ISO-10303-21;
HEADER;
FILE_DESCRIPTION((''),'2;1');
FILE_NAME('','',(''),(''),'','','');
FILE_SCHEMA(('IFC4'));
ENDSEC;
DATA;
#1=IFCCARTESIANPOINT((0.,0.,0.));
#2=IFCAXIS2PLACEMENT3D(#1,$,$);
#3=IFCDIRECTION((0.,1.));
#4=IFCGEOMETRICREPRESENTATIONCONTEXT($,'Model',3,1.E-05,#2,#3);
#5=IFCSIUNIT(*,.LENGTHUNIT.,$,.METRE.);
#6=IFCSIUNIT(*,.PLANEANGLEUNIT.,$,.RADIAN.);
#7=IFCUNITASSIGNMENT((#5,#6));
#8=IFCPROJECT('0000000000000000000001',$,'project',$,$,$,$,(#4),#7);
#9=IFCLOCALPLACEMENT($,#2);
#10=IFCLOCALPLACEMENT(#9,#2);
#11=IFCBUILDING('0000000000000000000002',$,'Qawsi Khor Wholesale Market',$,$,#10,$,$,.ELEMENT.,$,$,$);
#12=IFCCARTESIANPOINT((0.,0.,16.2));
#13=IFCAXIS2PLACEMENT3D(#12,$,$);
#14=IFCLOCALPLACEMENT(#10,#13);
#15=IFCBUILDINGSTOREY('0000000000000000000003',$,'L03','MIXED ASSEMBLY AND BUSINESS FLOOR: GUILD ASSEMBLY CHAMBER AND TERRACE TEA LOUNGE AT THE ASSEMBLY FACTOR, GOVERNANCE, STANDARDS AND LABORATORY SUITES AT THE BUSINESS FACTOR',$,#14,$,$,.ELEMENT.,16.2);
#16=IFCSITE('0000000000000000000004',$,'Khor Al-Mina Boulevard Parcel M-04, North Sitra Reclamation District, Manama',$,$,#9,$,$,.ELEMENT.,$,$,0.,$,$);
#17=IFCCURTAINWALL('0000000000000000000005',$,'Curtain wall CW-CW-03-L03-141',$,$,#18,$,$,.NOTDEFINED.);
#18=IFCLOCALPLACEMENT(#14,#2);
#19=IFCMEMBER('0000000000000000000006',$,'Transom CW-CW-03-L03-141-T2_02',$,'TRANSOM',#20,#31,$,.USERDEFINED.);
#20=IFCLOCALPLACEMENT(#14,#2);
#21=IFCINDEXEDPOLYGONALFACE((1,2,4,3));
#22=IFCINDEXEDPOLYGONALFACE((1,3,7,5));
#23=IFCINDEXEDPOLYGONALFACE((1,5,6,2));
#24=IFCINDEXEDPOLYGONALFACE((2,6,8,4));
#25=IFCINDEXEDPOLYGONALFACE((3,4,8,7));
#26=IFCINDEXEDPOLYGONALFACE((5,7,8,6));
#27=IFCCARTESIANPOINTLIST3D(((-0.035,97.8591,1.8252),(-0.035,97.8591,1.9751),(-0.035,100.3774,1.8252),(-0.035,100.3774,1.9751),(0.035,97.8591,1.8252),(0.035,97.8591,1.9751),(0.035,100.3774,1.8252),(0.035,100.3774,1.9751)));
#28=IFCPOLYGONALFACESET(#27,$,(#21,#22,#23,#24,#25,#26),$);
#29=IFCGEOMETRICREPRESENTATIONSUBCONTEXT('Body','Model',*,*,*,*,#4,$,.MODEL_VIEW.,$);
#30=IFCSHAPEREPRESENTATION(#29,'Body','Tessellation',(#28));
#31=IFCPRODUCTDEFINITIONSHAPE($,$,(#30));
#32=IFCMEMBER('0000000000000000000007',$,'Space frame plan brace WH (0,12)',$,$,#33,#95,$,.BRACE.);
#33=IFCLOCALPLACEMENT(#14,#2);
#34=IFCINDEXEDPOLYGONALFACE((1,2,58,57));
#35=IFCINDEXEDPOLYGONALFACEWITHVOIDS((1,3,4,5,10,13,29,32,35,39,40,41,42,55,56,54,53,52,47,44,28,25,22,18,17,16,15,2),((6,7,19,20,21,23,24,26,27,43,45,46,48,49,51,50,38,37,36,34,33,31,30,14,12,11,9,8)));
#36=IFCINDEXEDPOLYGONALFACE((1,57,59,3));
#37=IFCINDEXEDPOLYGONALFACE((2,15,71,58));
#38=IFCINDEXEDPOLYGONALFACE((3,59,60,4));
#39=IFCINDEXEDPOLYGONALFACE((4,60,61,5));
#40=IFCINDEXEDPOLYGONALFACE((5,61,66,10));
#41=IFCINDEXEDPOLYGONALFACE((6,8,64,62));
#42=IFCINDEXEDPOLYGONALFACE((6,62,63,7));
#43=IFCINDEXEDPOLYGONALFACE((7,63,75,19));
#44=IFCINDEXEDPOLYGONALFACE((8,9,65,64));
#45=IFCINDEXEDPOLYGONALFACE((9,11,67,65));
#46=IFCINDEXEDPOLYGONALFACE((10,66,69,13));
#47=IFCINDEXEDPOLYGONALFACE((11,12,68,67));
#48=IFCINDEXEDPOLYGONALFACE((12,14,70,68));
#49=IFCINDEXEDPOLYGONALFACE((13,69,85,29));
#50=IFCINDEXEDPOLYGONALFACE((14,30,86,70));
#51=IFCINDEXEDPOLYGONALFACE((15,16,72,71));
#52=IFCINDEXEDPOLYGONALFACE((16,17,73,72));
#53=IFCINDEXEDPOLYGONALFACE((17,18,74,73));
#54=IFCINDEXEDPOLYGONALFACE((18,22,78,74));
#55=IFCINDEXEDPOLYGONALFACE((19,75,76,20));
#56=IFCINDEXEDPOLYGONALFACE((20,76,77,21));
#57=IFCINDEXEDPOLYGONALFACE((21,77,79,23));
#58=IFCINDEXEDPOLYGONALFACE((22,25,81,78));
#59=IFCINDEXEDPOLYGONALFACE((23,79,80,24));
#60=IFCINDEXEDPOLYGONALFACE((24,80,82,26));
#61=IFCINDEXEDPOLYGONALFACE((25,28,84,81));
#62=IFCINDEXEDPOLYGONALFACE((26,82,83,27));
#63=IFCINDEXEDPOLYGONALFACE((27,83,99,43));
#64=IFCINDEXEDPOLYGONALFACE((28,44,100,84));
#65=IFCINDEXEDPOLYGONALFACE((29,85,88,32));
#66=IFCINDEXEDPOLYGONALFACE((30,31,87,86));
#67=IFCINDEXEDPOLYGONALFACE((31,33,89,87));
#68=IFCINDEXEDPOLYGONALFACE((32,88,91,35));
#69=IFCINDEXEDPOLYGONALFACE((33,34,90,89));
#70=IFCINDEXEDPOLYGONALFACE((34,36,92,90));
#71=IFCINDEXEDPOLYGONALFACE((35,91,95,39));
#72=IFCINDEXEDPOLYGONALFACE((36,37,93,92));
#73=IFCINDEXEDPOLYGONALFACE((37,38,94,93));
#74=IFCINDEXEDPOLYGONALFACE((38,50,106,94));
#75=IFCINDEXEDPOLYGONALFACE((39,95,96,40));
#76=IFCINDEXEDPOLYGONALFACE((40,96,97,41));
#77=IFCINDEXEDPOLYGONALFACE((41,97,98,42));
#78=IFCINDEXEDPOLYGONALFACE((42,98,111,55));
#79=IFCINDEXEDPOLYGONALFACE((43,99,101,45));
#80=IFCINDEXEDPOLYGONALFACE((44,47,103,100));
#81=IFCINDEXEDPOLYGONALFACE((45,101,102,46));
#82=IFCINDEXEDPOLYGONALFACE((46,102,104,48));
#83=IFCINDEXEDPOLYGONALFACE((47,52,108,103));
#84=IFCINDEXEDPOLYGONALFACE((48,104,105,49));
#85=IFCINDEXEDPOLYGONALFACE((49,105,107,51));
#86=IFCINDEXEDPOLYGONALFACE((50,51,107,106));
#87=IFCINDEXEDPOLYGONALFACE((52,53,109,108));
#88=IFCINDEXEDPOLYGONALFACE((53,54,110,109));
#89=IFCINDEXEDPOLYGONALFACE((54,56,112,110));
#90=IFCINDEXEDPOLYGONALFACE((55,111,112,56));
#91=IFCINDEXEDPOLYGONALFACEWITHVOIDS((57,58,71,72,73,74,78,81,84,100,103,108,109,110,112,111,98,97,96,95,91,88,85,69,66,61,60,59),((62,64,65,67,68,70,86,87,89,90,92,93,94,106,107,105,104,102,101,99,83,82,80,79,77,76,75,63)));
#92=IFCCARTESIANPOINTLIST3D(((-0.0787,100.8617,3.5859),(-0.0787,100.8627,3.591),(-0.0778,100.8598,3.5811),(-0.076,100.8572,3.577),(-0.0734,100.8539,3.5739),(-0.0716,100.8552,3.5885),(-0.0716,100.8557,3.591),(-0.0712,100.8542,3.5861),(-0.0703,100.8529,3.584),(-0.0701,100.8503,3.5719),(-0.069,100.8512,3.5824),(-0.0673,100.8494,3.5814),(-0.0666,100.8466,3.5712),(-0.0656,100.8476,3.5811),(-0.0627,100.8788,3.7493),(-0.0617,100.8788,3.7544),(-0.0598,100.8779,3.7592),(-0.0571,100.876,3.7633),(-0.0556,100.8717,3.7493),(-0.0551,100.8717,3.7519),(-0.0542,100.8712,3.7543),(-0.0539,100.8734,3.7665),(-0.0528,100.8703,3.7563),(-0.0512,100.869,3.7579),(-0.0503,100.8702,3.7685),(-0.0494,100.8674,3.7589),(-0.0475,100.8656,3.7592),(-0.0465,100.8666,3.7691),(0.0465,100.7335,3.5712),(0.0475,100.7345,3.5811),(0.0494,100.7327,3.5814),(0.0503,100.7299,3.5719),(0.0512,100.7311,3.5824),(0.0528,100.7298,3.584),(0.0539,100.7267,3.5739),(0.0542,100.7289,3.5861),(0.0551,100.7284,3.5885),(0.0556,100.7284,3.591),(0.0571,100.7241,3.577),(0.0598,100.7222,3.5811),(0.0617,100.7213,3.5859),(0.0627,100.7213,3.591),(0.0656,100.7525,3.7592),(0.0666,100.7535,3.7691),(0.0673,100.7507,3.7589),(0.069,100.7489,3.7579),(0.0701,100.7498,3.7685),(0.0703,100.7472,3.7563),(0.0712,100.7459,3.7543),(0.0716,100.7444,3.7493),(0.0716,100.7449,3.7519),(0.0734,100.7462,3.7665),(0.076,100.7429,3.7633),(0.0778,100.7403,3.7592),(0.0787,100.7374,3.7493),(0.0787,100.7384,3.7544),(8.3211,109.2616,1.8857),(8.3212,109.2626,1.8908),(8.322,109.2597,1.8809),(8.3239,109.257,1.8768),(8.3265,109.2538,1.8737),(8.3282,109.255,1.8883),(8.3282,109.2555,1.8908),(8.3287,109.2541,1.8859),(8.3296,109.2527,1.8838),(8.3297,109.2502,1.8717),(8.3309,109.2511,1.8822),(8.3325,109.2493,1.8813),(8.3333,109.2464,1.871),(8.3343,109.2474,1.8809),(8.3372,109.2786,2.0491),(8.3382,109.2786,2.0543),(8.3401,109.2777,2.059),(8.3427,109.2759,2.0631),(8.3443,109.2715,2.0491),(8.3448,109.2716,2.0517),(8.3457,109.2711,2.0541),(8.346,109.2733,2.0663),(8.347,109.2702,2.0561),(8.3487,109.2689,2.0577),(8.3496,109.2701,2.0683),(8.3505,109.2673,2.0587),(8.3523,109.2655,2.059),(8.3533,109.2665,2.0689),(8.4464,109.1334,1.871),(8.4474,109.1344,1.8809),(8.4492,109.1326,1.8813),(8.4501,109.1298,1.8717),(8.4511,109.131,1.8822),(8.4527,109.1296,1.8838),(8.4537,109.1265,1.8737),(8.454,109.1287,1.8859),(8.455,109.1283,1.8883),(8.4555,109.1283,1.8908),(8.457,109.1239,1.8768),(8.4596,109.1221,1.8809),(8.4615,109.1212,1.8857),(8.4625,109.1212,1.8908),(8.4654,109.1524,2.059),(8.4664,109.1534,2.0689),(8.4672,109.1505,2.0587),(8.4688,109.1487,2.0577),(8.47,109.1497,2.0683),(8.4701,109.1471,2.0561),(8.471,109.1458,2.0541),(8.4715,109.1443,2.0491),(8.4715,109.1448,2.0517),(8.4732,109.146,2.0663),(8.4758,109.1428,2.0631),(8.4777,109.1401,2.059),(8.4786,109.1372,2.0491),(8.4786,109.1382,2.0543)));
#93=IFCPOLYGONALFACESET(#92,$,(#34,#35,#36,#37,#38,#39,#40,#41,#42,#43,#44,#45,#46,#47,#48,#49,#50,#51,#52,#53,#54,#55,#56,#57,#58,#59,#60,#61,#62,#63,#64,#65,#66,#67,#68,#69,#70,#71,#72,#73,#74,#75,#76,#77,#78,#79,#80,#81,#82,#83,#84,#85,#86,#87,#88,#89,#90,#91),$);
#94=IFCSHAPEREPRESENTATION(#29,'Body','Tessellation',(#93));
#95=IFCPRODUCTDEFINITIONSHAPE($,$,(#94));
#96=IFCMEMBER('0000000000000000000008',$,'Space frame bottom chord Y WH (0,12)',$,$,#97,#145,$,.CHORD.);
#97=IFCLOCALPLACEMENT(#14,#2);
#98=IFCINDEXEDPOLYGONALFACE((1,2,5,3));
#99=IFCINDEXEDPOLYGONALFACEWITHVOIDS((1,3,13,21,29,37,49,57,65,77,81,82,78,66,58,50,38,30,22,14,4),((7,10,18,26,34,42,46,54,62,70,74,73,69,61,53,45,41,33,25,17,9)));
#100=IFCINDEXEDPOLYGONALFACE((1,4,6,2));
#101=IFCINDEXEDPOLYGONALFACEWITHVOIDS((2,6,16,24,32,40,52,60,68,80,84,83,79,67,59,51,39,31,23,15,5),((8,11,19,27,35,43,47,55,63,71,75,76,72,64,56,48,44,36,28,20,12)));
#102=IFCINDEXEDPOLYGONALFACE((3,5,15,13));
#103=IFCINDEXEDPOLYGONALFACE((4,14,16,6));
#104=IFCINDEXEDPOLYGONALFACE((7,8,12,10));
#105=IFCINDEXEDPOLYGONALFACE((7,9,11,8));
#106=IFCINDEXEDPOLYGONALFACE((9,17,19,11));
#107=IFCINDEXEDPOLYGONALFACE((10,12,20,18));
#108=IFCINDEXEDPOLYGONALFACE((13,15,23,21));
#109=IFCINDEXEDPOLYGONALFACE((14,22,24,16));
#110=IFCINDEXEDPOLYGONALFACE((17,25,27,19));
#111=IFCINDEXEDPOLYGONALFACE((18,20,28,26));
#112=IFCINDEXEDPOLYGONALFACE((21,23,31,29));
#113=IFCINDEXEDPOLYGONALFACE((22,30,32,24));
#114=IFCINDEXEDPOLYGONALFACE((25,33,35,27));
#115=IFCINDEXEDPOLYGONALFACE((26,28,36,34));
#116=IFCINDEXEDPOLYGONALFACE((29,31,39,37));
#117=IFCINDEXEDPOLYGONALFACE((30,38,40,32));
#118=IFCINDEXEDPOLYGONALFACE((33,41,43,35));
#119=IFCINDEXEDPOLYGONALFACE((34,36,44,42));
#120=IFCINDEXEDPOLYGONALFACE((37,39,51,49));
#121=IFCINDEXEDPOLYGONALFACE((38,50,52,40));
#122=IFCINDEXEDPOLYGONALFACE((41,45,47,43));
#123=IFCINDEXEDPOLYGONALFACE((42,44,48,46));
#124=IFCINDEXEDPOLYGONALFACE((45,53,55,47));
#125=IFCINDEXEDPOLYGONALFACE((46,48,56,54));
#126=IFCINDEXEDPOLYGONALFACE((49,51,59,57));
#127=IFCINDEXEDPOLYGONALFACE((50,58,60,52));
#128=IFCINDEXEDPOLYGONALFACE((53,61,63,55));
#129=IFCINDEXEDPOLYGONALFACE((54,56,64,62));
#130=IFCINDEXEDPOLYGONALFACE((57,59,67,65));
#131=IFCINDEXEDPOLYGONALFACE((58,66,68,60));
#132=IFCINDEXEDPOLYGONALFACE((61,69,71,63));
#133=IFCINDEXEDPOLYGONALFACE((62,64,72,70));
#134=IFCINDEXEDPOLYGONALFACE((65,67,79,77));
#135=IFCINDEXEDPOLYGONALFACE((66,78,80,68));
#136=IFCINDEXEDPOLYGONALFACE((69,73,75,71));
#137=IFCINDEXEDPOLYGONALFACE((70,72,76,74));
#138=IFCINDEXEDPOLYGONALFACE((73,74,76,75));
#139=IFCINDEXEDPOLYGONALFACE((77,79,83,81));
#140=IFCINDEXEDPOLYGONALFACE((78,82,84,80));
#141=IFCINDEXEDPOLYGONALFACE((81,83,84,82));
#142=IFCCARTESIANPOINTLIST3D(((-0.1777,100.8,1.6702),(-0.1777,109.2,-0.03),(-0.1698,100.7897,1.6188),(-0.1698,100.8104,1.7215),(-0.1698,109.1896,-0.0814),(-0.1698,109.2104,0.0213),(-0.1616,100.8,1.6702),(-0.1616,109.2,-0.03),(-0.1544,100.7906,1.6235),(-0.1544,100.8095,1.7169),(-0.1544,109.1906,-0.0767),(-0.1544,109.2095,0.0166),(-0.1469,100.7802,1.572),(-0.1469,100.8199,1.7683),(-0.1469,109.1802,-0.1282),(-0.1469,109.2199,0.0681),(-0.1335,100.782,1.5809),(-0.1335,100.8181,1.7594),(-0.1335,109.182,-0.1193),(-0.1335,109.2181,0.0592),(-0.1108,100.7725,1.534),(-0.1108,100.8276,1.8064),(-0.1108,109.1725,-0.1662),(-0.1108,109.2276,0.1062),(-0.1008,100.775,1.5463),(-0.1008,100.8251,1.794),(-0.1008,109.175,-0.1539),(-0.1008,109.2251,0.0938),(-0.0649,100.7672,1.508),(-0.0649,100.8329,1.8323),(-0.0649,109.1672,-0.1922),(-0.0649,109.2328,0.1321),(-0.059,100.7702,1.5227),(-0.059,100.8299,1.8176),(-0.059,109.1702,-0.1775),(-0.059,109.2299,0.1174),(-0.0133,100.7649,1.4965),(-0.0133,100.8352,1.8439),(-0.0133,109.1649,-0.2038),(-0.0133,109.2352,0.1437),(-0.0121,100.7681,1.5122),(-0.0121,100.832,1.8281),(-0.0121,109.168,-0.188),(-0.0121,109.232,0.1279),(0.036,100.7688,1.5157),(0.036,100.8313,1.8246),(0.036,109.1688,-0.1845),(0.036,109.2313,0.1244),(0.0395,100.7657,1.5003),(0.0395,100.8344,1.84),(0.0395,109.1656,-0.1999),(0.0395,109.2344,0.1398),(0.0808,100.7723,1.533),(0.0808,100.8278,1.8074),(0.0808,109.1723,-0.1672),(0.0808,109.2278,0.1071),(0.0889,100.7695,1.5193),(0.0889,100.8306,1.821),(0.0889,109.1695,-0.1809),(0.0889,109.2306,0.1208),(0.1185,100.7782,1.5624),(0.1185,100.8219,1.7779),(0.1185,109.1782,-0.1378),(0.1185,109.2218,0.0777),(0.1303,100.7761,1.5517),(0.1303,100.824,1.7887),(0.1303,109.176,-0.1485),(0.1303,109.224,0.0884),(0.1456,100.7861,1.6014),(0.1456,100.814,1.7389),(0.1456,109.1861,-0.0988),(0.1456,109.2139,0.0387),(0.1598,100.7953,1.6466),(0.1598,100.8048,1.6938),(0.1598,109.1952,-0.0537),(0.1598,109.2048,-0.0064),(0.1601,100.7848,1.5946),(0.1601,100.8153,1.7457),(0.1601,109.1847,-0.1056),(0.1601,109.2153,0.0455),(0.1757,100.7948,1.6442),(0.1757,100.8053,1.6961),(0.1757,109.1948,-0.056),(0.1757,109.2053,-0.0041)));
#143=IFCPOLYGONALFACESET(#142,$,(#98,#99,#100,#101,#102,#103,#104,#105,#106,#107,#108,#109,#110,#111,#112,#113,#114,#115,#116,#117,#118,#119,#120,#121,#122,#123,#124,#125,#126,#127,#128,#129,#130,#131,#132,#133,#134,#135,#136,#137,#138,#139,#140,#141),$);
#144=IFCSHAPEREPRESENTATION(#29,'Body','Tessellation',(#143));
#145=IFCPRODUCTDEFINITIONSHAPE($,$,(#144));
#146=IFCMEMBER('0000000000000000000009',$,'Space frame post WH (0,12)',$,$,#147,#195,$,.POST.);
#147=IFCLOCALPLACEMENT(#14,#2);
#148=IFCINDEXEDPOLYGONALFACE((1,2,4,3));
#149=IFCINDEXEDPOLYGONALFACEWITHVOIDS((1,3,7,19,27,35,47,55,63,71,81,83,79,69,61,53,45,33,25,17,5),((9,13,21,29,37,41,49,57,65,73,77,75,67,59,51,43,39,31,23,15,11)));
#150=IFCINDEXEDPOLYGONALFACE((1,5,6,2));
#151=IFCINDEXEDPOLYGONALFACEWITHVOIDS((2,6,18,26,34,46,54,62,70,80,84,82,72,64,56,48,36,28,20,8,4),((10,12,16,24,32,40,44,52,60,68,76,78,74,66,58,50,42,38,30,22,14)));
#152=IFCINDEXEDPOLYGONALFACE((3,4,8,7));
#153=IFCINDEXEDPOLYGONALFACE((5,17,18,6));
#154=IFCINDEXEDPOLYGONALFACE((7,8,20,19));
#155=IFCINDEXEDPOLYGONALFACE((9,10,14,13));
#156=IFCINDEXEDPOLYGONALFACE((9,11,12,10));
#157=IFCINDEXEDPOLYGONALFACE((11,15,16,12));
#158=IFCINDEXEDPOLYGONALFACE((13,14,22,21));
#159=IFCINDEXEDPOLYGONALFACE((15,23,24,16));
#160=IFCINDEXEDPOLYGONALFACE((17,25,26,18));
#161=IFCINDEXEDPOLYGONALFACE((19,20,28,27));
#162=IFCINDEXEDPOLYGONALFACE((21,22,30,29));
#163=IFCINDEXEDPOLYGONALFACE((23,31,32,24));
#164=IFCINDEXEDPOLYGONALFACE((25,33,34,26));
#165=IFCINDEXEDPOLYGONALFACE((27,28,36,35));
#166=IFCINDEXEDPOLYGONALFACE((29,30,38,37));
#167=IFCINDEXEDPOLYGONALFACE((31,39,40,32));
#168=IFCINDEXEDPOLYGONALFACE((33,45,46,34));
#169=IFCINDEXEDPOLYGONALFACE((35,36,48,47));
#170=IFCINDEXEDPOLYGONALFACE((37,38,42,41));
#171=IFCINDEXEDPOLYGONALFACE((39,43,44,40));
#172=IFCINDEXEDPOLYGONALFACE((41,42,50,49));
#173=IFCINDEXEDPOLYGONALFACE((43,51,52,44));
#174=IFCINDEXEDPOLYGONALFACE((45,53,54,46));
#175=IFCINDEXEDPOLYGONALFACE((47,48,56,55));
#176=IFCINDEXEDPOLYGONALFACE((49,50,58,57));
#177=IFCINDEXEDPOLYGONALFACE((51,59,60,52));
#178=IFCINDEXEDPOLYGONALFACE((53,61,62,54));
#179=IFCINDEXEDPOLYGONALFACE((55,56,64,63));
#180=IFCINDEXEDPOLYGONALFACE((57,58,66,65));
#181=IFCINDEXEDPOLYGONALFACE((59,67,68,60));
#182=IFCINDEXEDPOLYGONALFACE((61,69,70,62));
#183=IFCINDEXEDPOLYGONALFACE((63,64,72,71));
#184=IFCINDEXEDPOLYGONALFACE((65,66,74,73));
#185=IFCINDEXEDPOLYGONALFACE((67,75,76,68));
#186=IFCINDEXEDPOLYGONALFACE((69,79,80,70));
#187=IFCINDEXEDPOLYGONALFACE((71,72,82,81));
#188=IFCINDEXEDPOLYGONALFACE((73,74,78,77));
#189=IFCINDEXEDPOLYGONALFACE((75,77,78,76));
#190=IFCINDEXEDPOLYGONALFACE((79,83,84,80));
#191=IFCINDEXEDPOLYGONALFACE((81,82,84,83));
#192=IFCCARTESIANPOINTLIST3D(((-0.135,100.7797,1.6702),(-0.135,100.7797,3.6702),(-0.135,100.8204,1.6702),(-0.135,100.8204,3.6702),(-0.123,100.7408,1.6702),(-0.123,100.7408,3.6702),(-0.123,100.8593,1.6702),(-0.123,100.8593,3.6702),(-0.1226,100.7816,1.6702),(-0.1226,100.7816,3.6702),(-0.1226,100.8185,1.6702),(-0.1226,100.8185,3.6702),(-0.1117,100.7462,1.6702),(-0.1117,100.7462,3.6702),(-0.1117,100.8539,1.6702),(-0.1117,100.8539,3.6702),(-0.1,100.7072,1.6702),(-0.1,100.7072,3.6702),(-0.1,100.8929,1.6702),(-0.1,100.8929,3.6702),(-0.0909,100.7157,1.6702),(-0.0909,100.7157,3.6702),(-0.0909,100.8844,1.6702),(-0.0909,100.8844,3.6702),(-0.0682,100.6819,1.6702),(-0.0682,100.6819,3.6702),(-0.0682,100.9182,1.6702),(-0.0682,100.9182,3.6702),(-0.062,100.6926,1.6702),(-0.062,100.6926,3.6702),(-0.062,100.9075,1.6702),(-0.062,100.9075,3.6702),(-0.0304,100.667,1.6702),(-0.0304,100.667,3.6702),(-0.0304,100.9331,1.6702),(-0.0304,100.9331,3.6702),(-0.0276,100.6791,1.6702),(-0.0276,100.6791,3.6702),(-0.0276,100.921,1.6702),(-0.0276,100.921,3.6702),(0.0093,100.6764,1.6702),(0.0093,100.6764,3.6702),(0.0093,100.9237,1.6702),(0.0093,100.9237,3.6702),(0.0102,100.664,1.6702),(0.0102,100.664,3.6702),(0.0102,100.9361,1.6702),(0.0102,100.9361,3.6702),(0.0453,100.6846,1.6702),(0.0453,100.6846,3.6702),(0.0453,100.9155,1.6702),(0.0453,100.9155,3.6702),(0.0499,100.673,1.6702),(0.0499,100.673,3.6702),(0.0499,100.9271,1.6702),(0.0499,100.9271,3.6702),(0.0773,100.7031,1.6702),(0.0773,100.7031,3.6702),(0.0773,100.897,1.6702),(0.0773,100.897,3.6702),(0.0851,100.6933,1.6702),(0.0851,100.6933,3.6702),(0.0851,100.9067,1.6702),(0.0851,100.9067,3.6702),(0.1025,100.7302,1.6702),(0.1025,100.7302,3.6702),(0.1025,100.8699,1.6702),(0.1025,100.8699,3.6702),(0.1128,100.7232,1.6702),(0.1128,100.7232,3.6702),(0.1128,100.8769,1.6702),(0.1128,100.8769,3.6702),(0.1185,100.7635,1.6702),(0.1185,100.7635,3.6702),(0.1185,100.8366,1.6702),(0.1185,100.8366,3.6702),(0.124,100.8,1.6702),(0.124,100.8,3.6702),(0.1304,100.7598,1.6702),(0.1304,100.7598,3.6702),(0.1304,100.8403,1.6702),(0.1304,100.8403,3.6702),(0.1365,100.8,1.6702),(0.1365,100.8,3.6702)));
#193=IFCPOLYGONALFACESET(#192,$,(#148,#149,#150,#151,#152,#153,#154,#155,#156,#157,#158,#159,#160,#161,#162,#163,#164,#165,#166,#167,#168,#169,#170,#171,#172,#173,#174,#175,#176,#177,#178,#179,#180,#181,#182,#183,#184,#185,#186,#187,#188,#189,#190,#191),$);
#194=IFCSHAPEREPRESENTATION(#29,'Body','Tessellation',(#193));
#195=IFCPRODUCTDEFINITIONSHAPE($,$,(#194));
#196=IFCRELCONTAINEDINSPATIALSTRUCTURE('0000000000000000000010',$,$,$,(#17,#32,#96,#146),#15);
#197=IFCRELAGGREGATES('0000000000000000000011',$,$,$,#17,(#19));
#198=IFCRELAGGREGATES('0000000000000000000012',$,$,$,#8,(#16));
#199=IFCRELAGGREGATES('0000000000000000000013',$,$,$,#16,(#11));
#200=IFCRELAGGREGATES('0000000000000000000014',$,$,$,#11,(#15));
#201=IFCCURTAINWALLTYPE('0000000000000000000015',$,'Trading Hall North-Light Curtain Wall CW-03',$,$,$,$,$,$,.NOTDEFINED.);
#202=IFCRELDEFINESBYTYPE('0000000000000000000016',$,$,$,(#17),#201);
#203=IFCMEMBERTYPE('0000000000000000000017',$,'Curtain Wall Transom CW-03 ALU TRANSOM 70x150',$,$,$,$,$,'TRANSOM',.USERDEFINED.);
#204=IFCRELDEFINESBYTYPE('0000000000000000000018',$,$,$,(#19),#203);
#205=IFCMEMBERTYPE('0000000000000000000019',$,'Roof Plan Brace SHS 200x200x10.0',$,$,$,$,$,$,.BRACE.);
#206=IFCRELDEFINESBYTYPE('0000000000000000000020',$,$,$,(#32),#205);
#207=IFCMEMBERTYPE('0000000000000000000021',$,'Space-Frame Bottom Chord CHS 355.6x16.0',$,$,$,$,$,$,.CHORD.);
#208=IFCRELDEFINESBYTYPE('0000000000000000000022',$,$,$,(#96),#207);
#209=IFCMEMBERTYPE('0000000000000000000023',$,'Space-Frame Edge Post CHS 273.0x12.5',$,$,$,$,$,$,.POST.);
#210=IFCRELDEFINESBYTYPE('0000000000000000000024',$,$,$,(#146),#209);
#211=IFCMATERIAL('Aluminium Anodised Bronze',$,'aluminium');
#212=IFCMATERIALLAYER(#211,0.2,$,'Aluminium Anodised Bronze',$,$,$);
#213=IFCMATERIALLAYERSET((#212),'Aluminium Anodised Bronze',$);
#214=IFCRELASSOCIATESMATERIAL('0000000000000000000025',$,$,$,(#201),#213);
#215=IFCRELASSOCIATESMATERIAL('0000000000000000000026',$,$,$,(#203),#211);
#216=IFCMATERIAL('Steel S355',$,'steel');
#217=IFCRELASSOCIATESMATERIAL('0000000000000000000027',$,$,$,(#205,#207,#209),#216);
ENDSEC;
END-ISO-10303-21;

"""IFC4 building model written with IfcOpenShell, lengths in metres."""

from ifc_helpers import new_model, si_unit, direction, frame, origin, origin_2d, place, context, subcontext, project, spatial, rectangle, hollow_rectangle, hollow_circle, extrude, material, layer, layer_set, material_profile, profile_set, type_object, element, aggregate, save


model = new_model("IFC4")

# Units and contexts
model_context = context("Model", 3, precision=1e-05, world=origin(), true_north=direction((0.0, 1.0)))
body_context = subcontext(model_context, "Body", "Model", "MODEL_VIEW")
ifc_project = project(units=[si_unit("LENGTHUNIT", "METRE"), si_unit("PLANEANGLEUNIT", "RADIAN")], contexts=[model_context])

# Site, building, storey
site_placement = place(None, origin())
site = spatial("IfcSite", under=ifc_project, at=site_placement, Name="Khor Al-Mina Boulevard Parcel M-04, North Sitra Reclamation District, Manama", CompositionType="ELEMENT", RefElevation=0.0)
building_placement = place(site_placement, origin())
building = spatial("IfcBuilding", under=site, at=building_placement, Name="Qawsi Khor Wholesale Market", CompositionType="ELEMENT")
storey_placement = place(building_placement, frame((0.0, 0.0, 16.2)))
storey = spatial("IfcBuildingStorey", under=building, at=storey_placement, Name="L03", Description="MIXED ASSEMBLY AND BUSINESS FLOOR: GUILD ASSEMBLY CHAMBER AND TERRACE TEA LOUNGE AT THE ASSEMBLY FACTOR, GOVERNANCE, STANDARDS AND LABORATORY SUITES AT THE BUSINESS FACTOR", CompositionType="ELEMENT", Elevation=16.2)

# Curtain wall
ifc_material_1 = material(Name="Aluminium Anodised Bronze", Category="aluminium")
ifc_layer_1 = layer(ifc_material_1, 0.2, Name="Aluminium Anodised Bronze")
ifc_layer_set_1 = layer_set([ifc_layer_1], Name="Aluminium Anodised Bronze")
curtain_wall_type = type_object("IfcCurtainWallType", Name="Trading Hall North-Light Curtain Wall CW-03", PredefinedType="NOTDEFINED", material=ifc_layer_set_1)
curtain_wall_1_placement = place(storey_placement, origin())
curtain_wall_1 = element("IfcCurtainWall", 1, at=curtain_wall_1_placement, inside=storey, type_object=curtain_wall_type, Name="Curtain wall CW-CW-03-L03-141", PredefinedType="NOTDEFINED")

# Member
ifc_material_profile_1 = material_profile(ifc_material_1, rectangle(XDim=0.0701, YDim=0.1499, at=origin_2d()), Name="ALU TRANSOM 70x150")
ifc_profile_set_1 = profile_set([ifc_material_profile_1], Name="Aluminium Anodised Bronze")
member_type_1 = type_object("IfcMemberType", Name="Curtain Wall Transom CW-03 ALU TRANSOM 70x150", ElementType="TRANSOM", PredefinedType="USERDEFINED", material=ifc_profile_set_1)
member_1_placement = place(storey_placement, frame((0.0, 97.8591, 1.9001), z_axis=(0.0, 1.0, 0.0), x_axis=(-1.0, 0.0, 0.0)))
member_1 = element("IfcMember", 2, at=member_1_placement, type_object=member_type_1, Name="Transom CW-CW-03-L03-141-T2_02", ObjectType="TRANSOM", PredefinedType="USERDEFINED", context=body_context, shape_type="SweptSolid", body=[
    extrude(rectangle(XDim=0.0701, YDim=0.1499, at=origin_2d()), origin(), (0.0, 0.0, 1.0), 2.5183),
])

# Members
ifc_material_2 = material(Name="Steel S355", Category="steel")
ifc_material_profile_2 = material_profile(ifc_material_2, hollow_rectangle(XDim=0.2, YDim=0.2, WallThickness=0.01, InnerFilletRadius=0.01, OuterFilletRadius=0.02, at=origin_2d()), Name="SHS 200x200x10.0")
ifc_profile_set_2 = profile_set([ifc_material_profile_2], Name="Steel S355")
member_type_2 = type_object("IfcMemberType", Name="Roof Plan Brace SHS 200x200x10.0", PredefinedType="BRACE", material=ifc_profile_set_2)
member_2_placement = place(storey_placement, frame((0.0, 100.8, 3.6702), z_axis=(0.699974, 0.699974, -0.141679), x_axis=(-0.707107, 0.707107, 0.0)))
element("IfcMember", 3, at=member_2_placement, inside=storey, type_object=member_type_2, Name="Space frame plan brace WH (0,12)", PredefinedType="BRACE", context=body_context, shape_type="SweptSolid", body=[
    extrude(hollow_rectangle(XDim=0.2, YDim=0.2, WallThickness=0.01, InnerFilletRadius=0.01, OuterFilletRadius=0.02, at=origin_2d()), origin(), (0.0, 0.0, 1.0), 12.0002),
])
ifc_material_profile_3 = material_profile(ifc_material_2, hollow_circle(Radius=0.1777, WallThickness=0.0161, at=origin_2d()), Name="CHS 355.6x16.0")
ifc_profile_set_3 = profile_set([ifc_material_profile_3], Name="Steel S355")
member_type_3 = type_object("IfcMemberType", Name="Space-Frame Bottom Chord CHS 355.6x16.0", PredefinedType="CHORD", material=ifc_profile_set_3)
member_3_placement = place(storey_placement, frame((0.0, 100.8, 1.6702), z_axis=(0.0, 0.980124, -0.198384), x_axis=(-1.0, 0.0, 0.0)))
element("IfcMember", 4, at=member_3_placement, inside=storey, type_object=member_type_3, Name="Space frame bottom chord Y WH (0,12)", PredefinedType="CHORD", context=body_context, shape_type="SweptSolid", body=[
    extrude(hollow_circle(Radius=0.1777, WallThickness=0.0161, at=origin_2d()), origin(), (0.0, 0.0, 1.0), 8.5703),
])
ifc_material_profile_4 = material_profile(ifc_material_2, hollow_circle(Radius=0.1365, WallThickness=0.0125, at=origin_2d()), Name="CHS 273.0x12.5")
ifc_profile_set_4 = profile_set([ifc_material_profile_4], Name="Steel S355")
member_type_4 = type_object("IfcMemberType", Name="Space-Frame Edge Post CHS 273.0x12.5", PredefinedType="POST", material=ifc_profile_set_4)
member_4_placement = place(storey_placement, frame((0.0, 100.8, 1.6702), z_axis=(0.0, 0.0, 1.0), x_axis=(1.0, 0.0, 0.0)))
element("IfcMember", 5, at=member_4_placement, inside=storey, type_object=member_type_4, Name="Space frame post WH (0,12)", PredefinedType="POST", context=body_context, shape_type="SweptSolid", body=[
    extrude(hollow_circle(Radius=0.1365, WallThickness=0.0125, at=origin_2d()), origin(), (0.0, 0.0, 1.0), 2.0),
])

aggregate(curtain_wall_1, [member_1])

save(model, "model.ifc")
